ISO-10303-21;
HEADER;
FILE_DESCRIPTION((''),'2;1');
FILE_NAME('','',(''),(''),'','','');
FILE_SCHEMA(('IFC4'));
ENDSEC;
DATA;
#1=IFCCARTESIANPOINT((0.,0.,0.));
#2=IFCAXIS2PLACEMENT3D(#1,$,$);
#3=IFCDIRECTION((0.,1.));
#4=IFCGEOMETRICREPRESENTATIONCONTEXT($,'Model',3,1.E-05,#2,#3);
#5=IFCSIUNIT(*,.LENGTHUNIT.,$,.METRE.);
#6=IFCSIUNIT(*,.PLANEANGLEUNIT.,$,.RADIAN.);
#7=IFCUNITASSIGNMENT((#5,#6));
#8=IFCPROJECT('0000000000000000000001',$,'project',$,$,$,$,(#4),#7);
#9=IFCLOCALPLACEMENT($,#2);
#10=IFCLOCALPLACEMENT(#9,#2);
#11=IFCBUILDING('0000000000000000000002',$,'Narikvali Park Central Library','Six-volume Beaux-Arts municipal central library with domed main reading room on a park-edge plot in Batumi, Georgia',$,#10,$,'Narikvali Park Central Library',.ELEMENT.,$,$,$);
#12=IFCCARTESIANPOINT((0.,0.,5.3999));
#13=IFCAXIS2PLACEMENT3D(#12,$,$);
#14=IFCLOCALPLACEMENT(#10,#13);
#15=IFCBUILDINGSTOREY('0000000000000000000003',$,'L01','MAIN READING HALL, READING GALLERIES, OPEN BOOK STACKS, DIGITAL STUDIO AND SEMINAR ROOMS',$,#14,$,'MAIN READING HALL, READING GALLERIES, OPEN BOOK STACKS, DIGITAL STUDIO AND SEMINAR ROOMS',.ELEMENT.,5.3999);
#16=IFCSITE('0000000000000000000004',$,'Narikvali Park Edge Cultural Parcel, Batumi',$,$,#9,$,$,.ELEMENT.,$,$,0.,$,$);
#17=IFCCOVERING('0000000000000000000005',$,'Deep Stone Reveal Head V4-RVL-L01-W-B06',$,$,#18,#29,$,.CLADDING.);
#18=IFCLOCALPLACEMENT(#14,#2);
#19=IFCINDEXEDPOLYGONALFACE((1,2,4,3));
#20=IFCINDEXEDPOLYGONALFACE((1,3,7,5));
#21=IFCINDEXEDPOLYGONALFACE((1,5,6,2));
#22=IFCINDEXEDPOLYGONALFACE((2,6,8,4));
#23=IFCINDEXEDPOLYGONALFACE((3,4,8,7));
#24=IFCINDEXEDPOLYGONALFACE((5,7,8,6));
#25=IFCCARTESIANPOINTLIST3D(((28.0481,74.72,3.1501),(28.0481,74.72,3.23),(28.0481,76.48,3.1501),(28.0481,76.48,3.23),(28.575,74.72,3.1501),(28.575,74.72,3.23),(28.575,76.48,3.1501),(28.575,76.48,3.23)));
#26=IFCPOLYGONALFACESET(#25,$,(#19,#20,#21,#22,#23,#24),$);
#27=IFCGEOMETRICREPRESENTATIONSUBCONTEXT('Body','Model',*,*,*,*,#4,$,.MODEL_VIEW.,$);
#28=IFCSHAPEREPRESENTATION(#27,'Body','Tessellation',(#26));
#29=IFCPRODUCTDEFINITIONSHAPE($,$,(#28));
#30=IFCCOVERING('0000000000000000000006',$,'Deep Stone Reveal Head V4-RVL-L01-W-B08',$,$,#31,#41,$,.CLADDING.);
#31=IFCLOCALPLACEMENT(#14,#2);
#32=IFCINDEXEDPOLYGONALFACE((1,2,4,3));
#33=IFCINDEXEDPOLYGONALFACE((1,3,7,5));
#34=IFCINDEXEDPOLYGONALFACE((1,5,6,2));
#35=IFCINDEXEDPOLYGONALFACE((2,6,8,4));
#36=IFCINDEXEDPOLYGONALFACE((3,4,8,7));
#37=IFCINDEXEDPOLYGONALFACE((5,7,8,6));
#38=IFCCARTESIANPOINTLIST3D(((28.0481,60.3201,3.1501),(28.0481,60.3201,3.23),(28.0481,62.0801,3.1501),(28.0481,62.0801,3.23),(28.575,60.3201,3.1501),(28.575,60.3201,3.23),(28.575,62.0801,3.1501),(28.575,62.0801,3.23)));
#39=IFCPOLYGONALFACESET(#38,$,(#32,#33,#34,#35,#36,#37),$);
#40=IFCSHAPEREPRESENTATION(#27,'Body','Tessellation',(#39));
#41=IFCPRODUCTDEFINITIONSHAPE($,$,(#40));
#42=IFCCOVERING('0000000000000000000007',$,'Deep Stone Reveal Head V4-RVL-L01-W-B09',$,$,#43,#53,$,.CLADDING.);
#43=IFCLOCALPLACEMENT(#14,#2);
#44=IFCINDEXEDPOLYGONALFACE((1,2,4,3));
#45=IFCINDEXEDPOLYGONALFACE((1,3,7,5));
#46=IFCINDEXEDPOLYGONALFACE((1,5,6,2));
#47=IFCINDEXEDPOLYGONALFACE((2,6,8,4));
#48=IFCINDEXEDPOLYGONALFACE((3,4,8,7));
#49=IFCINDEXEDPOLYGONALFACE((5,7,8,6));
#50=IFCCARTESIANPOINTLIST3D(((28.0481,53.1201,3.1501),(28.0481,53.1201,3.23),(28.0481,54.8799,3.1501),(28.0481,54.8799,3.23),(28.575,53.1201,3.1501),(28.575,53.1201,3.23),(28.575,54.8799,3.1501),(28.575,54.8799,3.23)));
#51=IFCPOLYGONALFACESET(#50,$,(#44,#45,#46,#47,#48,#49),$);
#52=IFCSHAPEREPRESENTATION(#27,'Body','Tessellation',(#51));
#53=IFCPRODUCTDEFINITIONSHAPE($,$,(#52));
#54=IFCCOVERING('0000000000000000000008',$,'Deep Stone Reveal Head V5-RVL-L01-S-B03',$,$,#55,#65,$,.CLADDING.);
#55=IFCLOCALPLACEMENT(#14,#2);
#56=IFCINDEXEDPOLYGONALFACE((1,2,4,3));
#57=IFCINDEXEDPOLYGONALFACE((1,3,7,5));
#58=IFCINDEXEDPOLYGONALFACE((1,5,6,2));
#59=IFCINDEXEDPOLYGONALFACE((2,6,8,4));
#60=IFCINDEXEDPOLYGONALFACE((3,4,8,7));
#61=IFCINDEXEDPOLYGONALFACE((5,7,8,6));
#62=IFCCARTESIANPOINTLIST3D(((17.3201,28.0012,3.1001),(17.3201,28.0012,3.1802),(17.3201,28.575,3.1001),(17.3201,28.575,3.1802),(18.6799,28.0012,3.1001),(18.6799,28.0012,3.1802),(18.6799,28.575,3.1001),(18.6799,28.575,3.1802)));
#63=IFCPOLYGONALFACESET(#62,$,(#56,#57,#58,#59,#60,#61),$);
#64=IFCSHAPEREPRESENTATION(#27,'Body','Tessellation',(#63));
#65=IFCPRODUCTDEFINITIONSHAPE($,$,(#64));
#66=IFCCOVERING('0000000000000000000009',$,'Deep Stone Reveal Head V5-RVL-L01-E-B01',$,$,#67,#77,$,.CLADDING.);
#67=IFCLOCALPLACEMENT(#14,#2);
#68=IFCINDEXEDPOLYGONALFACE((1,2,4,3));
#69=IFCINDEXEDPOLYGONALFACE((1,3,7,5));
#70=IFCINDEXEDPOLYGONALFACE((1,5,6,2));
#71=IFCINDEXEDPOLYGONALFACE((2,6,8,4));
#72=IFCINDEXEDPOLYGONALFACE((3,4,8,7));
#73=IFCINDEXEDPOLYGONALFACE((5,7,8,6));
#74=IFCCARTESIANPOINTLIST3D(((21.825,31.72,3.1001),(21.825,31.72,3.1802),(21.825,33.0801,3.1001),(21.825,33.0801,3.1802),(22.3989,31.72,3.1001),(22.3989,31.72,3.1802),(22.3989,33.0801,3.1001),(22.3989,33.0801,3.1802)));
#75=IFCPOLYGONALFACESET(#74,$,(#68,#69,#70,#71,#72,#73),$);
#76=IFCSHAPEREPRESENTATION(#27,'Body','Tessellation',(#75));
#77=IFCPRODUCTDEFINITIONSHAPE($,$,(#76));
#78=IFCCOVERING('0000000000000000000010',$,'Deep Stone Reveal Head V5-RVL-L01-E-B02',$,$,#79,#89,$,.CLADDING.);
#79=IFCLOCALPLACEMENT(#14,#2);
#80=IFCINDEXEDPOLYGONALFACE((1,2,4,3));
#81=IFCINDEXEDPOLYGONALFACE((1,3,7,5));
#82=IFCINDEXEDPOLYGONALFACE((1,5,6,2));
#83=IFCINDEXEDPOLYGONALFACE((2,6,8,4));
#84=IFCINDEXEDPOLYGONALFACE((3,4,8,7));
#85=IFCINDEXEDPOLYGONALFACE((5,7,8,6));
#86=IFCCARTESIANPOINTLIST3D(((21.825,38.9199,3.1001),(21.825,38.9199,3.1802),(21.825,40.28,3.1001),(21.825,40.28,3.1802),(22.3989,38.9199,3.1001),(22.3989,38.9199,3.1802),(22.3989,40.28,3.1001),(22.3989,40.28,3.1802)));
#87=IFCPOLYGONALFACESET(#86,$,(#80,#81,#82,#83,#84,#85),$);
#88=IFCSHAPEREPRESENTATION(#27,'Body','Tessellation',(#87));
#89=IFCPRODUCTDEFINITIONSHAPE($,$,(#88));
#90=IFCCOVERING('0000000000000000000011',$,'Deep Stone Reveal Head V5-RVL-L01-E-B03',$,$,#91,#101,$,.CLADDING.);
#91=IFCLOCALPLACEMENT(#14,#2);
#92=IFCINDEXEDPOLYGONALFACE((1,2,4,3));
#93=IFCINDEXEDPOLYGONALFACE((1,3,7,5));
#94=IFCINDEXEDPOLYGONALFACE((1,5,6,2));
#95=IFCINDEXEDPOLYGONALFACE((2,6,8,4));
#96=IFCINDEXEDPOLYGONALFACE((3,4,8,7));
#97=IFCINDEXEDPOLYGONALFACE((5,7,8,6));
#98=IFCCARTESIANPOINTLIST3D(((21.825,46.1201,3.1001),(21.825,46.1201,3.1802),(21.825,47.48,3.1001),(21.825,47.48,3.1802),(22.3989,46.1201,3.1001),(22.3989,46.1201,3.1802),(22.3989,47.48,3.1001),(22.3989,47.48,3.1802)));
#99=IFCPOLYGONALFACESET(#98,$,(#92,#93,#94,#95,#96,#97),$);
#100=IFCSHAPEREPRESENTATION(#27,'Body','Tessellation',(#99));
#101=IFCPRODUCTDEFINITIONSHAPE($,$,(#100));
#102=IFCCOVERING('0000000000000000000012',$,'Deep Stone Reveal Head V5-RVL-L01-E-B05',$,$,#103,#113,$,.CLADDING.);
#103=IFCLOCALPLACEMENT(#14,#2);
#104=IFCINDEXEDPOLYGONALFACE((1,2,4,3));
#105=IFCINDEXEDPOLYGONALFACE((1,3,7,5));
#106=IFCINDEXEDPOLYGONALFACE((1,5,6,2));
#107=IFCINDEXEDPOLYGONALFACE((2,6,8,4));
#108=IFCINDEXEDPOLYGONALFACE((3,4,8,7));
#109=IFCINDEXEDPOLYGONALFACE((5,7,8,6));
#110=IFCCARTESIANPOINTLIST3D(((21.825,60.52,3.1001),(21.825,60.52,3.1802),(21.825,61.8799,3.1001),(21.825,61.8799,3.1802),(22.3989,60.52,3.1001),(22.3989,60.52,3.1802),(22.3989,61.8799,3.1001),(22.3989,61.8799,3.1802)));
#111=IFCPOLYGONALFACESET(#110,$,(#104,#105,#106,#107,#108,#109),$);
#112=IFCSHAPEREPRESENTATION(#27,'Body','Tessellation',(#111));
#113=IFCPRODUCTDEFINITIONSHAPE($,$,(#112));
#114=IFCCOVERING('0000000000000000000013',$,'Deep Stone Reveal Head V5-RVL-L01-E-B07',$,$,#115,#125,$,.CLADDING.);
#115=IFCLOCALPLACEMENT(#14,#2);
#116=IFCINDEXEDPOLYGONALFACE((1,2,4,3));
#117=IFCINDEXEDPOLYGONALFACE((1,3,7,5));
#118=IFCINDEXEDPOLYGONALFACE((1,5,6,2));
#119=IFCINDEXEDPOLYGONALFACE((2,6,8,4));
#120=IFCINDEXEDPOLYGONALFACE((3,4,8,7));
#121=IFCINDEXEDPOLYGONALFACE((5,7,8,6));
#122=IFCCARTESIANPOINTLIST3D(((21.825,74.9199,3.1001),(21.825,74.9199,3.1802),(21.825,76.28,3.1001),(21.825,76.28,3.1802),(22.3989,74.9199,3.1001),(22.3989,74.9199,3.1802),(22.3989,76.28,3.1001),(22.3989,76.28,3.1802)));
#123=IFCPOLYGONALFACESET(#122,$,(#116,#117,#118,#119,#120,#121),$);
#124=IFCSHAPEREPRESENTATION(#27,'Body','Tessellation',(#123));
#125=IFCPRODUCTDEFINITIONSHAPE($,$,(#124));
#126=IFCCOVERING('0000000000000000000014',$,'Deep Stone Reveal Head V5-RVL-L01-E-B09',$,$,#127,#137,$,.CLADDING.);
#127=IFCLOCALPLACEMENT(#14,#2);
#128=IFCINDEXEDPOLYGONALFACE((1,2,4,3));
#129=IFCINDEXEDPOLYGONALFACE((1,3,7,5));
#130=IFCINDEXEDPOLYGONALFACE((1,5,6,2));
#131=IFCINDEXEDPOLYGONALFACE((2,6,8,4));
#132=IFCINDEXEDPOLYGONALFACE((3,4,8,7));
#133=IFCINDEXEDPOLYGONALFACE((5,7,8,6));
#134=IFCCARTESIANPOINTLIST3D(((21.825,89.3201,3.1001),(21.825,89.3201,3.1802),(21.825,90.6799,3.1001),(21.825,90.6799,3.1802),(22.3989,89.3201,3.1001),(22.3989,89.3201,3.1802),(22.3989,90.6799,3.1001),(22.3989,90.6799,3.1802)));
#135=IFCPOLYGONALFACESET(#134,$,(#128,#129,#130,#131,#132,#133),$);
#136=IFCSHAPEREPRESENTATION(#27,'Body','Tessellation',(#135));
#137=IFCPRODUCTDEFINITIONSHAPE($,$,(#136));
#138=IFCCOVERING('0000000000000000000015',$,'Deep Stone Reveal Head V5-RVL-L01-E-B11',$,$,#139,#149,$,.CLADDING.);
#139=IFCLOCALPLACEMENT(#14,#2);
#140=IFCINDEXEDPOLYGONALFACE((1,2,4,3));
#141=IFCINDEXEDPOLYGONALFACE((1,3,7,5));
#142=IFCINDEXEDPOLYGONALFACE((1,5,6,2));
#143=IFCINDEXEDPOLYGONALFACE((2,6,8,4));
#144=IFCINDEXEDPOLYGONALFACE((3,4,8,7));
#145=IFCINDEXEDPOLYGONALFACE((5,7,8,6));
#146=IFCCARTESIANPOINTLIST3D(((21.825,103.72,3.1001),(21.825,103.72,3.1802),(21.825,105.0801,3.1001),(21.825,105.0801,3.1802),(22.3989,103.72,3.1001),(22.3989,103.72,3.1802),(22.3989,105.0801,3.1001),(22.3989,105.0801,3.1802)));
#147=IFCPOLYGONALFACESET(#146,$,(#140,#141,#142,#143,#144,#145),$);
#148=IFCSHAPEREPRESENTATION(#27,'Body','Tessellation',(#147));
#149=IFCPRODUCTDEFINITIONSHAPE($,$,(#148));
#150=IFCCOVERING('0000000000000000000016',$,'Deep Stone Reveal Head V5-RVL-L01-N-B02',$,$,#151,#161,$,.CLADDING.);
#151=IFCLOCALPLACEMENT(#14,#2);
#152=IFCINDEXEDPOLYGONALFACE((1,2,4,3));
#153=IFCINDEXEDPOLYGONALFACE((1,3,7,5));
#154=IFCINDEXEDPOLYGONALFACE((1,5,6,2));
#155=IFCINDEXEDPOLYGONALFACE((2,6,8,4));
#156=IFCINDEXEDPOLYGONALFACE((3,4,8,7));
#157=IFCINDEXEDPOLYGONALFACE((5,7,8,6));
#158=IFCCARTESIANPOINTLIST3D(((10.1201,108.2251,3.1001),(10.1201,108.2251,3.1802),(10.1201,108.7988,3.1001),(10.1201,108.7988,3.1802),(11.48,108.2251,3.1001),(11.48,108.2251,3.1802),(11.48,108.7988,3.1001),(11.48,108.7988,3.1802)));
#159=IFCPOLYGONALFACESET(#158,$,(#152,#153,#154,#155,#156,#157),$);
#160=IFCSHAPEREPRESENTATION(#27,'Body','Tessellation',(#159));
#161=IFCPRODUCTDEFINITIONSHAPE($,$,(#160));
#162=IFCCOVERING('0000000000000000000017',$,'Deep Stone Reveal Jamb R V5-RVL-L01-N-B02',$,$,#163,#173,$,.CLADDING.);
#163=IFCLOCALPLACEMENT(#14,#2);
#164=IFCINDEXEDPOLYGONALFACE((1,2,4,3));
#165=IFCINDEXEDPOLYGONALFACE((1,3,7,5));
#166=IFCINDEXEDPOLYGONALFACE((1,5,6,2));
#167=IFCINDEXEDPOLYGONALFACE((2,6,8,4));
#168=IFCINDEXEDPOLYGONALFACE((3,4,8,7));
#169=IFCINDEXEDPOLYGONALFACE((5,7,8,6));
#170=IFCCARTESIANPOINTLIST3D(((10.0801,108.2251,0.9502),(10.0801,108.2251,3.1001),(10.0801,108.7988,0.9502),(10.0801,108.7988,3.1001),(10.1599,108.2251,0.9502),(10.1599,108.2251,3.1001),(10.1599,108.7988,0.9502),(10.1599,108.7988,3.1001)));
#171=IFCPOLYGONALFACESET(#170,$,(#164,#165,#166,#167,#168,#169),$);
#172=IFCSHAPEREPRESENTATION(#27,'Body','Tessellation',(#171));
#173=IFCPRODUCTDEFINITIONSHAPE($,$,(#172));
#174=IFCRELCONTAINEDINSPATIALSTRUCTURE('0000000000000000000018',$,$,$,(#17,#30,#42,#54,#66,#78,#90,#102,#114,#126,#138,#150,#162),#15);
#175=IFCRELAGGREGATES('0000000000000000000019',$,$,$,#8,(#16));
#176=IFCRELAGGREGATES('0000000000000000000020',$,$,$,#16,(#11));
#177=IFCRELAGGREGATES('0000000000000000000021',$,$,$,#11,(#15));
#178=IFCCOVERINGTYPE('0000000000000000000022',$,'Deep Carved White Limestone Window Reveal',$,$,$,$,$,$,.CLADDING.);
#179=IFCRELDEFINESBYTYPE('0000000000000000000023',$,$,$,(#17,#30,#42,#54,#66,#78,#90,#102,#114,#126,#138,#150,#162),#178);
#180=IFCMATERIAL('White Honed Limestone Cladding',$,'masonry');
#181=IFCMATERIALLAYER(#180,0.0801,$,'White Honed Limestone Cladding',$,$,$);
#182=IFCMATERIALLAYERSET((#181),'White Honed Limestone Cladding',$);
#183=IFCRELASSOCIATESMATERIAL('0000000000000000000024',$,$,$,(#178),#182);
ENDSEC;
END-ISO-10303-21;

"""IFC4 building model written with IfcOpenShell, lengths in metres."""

from ifc_helpers import new_model, si_unit, direction, frame, origin, place, context, subcontext, project, spatial, polyline, outline, extrude, material, layer, layer_set, type_object, element, save


model = new_model("IFC4")

# Units and contexts
model_context = context("Model", 3, precision=1e-05, world=origin(), true_north=direction((0.0, 1.0)))
body_context = subcontext(model_context, "Body", "Model", "MODEL_VIEW")
ifc_project = project(units=[si_unit("LENGTHUNIT", "METRE"), si_unit("PLANEANGLEUNIT", "RADIAN")], contexts=[model_context])

# Site, building, storey
site_placement = place(None, origin())
site = spatial("IfcSite", under=ifc_project, at=site_placement, Name="Narikvali Park Edge Cultural Parcel, Batumi", CompositionType="ELEMENT", RefElevation=0.0)
building_placement = place(site_placement, origin())
building = spatial("IfcBuilding", under=site, at=building_placement, Name="Narikvali Park Central Library", Description="Six-volume Beaux-Arts municipal central library with domed main reading room on a park-edge plot in Batumi, Georgia", LongName="Narikvali Park Central Library", CompositionType="ELEMENT")
storey_placement = place(building_placement, frame((0.0, 0.0, 5.3999)))
storey = spatial("IfcBuildingStorey", under=building, at=storey_placement, Name="L01", Description="MAIN READING HALL, READING GALLERIES, OPEN BOOK STACKS, DIGITAL STUDIO AND SEMINAR ROOMS", LongName="MAIN READING HALL, READING GALLERIES, OPEN BOOK STACKS, DIGITAL STUDIO AND SEMINAR ROOMS", CompositionType="ELEMENT", Elevation=5.3999)

# Coverings
ifc_material = material(Name="White Honed Limestone Cladding", Category="masonry")
ifc_layer = layer(ifc_material, 0.0801, Name="White Honed Limestone Cladding")
ifc_layer_set = layer_set([ifc_layer], Name="White Honed Limestone Cladding")
covering_type = type_object("IfcCoveringType", Name="Deep Carved White Limestone Window Reveal", PredefinedType="CLADDING", material=ifc_layer_set)
covering_1_placement = place(storey_placement, frame((0.0, 0.0, 3.1501)))
element("IfcCovering", 1, at=covering_1_placement, inside=storey, type_object=covering_type, Name="Deep Stone Reveal Head V4-RVL-L01-W-B06", PredefinedType="CLADDING", context=body_context, shape_type="SweptSolid", body=[
    extrude(outline(polyline([(28.575, 76.48), (28.575, 74.72), (28.0481, 74.72), (28.0481, 76.48), (28.575, 76.48)])), origin(), (0.0, 0.0, 1.0), 0.0798),
])
covering_2_placement = place(storey_placement, frame((0.0, 0.0, 3.1501)))
element("IfcCovering", 2, at=covering_2_placement, inside=storey, type_object=covering_type, Name="Deep Stone Reveal Head V4-RVL-L01-W-B08", PredefinedType="CLADDING", context=body_context, shape_type="SweptSolid", body=[
    extrude(outline(polyline([(28.575, 62.0801), (28.575, 60.3201), (28.0481, 60.3201), (28.0481, 62.0801), (28.575, 62.0801)])), origin(), (0.0, 0.0, 1.0), 0.0798),
])
covering_3_placement = place(storey_placement, frame((0.0, 0.0, 3.1501)))
element("IfcCovering", 3, at=covering_3_placement, inside=storey, type_object=covering_type, Name="Deep Stone Reveal Head V4-RVL-L01-W-B09", PredefinedType="CLADDING", context=body_context, shape_type="SweptSolid", body=[
    extrude(outline(polyline([(28.575, 54.8799), (28.575, 53.1201), (28.0481, 53.1201), (28.0481, 54.8799), (28.575, 54.8799)])), origin(), (0.0, 0.0, 1.0), 0.0798),
])
covering_4_placement = place(storey_placement, frame((0.0, 0.0, 3.1001)))
element("IfcCovering", 4, at=covering_4_placement, inside=storey, type_object=covering_type, Name="Deep Stone Reveal Head V5-RVL-L01-S-B03", PredefinedType="CLADDING", context=body_context, shape_type="SweptSolid", body=[
    extrude(outline(polyline([(17.3201, 28.575), (18.6799, 28.575), (18.6799, 28.0012), (17.3201, 28.0012), (17.3201, 28.575)])), origin(), (0.0, 0.0, 1.0), 0.0801),
])
covering_5_placement = place(storey_placement, frame((0.0, 0.0, 3.1001)))
element("IfcCovering", 5, at=covering_5_placement, inside=storey, type_object=covering_type, Name="Deep Stone Reveal Head V5-RVL-L01-E-B01", PredefinedType="CLADDING", context=body_context, shape_type="SweptSolid", body=[
    extrude(outline(polyline([(21.825, 31.72), (21.825, 33.0801), (22.3989, 33.0801), (22.3989, 31.72), (21.825, 31.72)])), origin(), (0.0, 0.0, 1.0), 0.0801),
])
covering_6_placement = place(storey_placement, frame((0.0, 0.0, 3.1001)))
element("IfcCovering", 6, at=covering_6_placement, inside=storey, type_object=covering_type, Name="Deep Stone Reveal Head V5-RVL-L01-E-B02", PredefinedType="CLADDING", context=body_context, shape_type="SweptSolid", body=[
    extrude(outline(polyline([(21.825, 38.9199), (21.825, 40.28), (22.3989, 40.28), (22.3989, 38.9199), (21.825, 38.9199)])), origin(), (0.0, 0.0, 1.0), 0.0801),
])
covering_7_placement = place(storey_placement, frame((0.0, 0.0, 3.1001)))
element("IfcCovering", 7, at=covering_7_placement, inside=storey, type_object=covering_type, Name="Deep Stone Reveal Head V5-RVL-L01-E-B03", PredefinedType="CLADDING", context=body_context, shape_type="SweptSolid", body=[
    extrude(outline(polyline([(21.825, 46.1201), (21.825, 47.48), (22.3989, 47.48), (22.3989, 46.1201), (21.825, 46.1201)])), origin(), (0.0, 0.0, 1.0), 0.0801),
])
covering_8_placement = place(storey_placement, frame((0.0, 0.0, 3.1001)))
element("IfcCovering", 8, at=covering_8_placement, inside=storey, type_object=covering_type, Name="Deep Stone Reveal Head V5-RVL-L01-E-B05", PredefinedType="CLADDING", context=body_context, shape_type="SweptSolid", body=[
    extrude(outline(polyline([(21.825, 60.52), (21.825, 61.8799), (22.3989, 61.8799), (22.3989, 60.52), (21.825, 60.52)])), origin(), (0.0, 0.0, 1.0), 0.0801),
])
covering_9_placement = place(storey_placement, frame((0.0, 0.0, 3.1001)))
element("IfcCovering", 9, at=covering_9_placement, inside=storey, type_object=covering_type, Name="Deep Stone Reveal Head V5-RVL-L01-E-B07", PredefinedType="CLADDING", context=body_context, shape_type="SweptSolid", body=[
    extrude(outline(polyline([(21.825, 74.9199), (21.825, 76.28), (22.3989, 76.28), (22.3989, 74.9199), (21.825, 74.9199)])), origin(), (0.0, 0.0, 1.0), 0.0801),
])
covering_10_placement = place(storey_placement, frame((0.0, 0.0, 3.1001)))
element("IfcCovering", 10, at=covering_10_placement, inside=storey, type_object=covering_type, Name="Deep Stone Reveal Head V5-RVL-L01-E-B09", PredefinedType="CLADDING", context=body_context, shape_type="SweptSolid", body=[
    extrude(outline(polyline([(21.825, 89.3201), (21.825, 90.6799), (22.3989, 90.6799), (22.3989, 89.3201), (21.825, 89.3201)])), origin(), (0.0, 0.0, 1.0), 0.0801),
])
covering_11_placement = place(storey_placement, frame((0.0, 0.0, 3.1001)))
element("IfcCovering", 11, at=covering_11_placement, inside=storey, type_object=covering_type, Name="Deep Stone Reveal Head V5-RVL-L01-E-B11", PredefinedType="CLADDING", context=body_context, shape_type="SweptSolid", body=[
    extrude(outline(polyline([(21.825, 103.72), (21.825, 105.0801), (22.3989, 105.0801), (22.3989, 103.72), (21.825, 103.72)])), origin(), (0.0, 0.0, 1.0), 0.0801),
])
covering_12_placement = place(storey_placement, frame((0.0, 0.0, 3.1001)))
element("IfcCovering", 12, at=covering_12_placement, inside=storey, type_object=covering_type, Name="Deep Stone Reveal Head V5-RVL-L01-N-B02", PredefinedType="CLADDING", context=body_context, shape_type="SweptSolid", body=[
    extrude(outline(polyline([(11.48, 108.2251), (10.1201, 108.2251), (10.1201, 108.7988), (11.48, 108.7988), (11.48, 108.2251)])), origin(), (0.0, 0.0, 1.0), 0.0801),
])
covering_13_placement = place(storey_placement, frame((0.0, 0.0, 0.9502)))
element("IfcCovering", 13, at=covering_13_placement, inside=storey, type_object=covering_type, Name="Deep Stone Reveal Jamb R V5-RVL-L01-N-B02", PredefinedType="CLADDING", context=body_context, shape_type="SweptSolid", body=[
    extrude(outline(polyline([(10.1599, 108.2251), (10.0801, 108.2251), (10.0801, 108.7988), (10.1599, 108.7988), (10.1599, 108.2251)])), origin(), (0.0, 0.0, 1.0), 2.1499),
])

save(model, "model.ifc")
